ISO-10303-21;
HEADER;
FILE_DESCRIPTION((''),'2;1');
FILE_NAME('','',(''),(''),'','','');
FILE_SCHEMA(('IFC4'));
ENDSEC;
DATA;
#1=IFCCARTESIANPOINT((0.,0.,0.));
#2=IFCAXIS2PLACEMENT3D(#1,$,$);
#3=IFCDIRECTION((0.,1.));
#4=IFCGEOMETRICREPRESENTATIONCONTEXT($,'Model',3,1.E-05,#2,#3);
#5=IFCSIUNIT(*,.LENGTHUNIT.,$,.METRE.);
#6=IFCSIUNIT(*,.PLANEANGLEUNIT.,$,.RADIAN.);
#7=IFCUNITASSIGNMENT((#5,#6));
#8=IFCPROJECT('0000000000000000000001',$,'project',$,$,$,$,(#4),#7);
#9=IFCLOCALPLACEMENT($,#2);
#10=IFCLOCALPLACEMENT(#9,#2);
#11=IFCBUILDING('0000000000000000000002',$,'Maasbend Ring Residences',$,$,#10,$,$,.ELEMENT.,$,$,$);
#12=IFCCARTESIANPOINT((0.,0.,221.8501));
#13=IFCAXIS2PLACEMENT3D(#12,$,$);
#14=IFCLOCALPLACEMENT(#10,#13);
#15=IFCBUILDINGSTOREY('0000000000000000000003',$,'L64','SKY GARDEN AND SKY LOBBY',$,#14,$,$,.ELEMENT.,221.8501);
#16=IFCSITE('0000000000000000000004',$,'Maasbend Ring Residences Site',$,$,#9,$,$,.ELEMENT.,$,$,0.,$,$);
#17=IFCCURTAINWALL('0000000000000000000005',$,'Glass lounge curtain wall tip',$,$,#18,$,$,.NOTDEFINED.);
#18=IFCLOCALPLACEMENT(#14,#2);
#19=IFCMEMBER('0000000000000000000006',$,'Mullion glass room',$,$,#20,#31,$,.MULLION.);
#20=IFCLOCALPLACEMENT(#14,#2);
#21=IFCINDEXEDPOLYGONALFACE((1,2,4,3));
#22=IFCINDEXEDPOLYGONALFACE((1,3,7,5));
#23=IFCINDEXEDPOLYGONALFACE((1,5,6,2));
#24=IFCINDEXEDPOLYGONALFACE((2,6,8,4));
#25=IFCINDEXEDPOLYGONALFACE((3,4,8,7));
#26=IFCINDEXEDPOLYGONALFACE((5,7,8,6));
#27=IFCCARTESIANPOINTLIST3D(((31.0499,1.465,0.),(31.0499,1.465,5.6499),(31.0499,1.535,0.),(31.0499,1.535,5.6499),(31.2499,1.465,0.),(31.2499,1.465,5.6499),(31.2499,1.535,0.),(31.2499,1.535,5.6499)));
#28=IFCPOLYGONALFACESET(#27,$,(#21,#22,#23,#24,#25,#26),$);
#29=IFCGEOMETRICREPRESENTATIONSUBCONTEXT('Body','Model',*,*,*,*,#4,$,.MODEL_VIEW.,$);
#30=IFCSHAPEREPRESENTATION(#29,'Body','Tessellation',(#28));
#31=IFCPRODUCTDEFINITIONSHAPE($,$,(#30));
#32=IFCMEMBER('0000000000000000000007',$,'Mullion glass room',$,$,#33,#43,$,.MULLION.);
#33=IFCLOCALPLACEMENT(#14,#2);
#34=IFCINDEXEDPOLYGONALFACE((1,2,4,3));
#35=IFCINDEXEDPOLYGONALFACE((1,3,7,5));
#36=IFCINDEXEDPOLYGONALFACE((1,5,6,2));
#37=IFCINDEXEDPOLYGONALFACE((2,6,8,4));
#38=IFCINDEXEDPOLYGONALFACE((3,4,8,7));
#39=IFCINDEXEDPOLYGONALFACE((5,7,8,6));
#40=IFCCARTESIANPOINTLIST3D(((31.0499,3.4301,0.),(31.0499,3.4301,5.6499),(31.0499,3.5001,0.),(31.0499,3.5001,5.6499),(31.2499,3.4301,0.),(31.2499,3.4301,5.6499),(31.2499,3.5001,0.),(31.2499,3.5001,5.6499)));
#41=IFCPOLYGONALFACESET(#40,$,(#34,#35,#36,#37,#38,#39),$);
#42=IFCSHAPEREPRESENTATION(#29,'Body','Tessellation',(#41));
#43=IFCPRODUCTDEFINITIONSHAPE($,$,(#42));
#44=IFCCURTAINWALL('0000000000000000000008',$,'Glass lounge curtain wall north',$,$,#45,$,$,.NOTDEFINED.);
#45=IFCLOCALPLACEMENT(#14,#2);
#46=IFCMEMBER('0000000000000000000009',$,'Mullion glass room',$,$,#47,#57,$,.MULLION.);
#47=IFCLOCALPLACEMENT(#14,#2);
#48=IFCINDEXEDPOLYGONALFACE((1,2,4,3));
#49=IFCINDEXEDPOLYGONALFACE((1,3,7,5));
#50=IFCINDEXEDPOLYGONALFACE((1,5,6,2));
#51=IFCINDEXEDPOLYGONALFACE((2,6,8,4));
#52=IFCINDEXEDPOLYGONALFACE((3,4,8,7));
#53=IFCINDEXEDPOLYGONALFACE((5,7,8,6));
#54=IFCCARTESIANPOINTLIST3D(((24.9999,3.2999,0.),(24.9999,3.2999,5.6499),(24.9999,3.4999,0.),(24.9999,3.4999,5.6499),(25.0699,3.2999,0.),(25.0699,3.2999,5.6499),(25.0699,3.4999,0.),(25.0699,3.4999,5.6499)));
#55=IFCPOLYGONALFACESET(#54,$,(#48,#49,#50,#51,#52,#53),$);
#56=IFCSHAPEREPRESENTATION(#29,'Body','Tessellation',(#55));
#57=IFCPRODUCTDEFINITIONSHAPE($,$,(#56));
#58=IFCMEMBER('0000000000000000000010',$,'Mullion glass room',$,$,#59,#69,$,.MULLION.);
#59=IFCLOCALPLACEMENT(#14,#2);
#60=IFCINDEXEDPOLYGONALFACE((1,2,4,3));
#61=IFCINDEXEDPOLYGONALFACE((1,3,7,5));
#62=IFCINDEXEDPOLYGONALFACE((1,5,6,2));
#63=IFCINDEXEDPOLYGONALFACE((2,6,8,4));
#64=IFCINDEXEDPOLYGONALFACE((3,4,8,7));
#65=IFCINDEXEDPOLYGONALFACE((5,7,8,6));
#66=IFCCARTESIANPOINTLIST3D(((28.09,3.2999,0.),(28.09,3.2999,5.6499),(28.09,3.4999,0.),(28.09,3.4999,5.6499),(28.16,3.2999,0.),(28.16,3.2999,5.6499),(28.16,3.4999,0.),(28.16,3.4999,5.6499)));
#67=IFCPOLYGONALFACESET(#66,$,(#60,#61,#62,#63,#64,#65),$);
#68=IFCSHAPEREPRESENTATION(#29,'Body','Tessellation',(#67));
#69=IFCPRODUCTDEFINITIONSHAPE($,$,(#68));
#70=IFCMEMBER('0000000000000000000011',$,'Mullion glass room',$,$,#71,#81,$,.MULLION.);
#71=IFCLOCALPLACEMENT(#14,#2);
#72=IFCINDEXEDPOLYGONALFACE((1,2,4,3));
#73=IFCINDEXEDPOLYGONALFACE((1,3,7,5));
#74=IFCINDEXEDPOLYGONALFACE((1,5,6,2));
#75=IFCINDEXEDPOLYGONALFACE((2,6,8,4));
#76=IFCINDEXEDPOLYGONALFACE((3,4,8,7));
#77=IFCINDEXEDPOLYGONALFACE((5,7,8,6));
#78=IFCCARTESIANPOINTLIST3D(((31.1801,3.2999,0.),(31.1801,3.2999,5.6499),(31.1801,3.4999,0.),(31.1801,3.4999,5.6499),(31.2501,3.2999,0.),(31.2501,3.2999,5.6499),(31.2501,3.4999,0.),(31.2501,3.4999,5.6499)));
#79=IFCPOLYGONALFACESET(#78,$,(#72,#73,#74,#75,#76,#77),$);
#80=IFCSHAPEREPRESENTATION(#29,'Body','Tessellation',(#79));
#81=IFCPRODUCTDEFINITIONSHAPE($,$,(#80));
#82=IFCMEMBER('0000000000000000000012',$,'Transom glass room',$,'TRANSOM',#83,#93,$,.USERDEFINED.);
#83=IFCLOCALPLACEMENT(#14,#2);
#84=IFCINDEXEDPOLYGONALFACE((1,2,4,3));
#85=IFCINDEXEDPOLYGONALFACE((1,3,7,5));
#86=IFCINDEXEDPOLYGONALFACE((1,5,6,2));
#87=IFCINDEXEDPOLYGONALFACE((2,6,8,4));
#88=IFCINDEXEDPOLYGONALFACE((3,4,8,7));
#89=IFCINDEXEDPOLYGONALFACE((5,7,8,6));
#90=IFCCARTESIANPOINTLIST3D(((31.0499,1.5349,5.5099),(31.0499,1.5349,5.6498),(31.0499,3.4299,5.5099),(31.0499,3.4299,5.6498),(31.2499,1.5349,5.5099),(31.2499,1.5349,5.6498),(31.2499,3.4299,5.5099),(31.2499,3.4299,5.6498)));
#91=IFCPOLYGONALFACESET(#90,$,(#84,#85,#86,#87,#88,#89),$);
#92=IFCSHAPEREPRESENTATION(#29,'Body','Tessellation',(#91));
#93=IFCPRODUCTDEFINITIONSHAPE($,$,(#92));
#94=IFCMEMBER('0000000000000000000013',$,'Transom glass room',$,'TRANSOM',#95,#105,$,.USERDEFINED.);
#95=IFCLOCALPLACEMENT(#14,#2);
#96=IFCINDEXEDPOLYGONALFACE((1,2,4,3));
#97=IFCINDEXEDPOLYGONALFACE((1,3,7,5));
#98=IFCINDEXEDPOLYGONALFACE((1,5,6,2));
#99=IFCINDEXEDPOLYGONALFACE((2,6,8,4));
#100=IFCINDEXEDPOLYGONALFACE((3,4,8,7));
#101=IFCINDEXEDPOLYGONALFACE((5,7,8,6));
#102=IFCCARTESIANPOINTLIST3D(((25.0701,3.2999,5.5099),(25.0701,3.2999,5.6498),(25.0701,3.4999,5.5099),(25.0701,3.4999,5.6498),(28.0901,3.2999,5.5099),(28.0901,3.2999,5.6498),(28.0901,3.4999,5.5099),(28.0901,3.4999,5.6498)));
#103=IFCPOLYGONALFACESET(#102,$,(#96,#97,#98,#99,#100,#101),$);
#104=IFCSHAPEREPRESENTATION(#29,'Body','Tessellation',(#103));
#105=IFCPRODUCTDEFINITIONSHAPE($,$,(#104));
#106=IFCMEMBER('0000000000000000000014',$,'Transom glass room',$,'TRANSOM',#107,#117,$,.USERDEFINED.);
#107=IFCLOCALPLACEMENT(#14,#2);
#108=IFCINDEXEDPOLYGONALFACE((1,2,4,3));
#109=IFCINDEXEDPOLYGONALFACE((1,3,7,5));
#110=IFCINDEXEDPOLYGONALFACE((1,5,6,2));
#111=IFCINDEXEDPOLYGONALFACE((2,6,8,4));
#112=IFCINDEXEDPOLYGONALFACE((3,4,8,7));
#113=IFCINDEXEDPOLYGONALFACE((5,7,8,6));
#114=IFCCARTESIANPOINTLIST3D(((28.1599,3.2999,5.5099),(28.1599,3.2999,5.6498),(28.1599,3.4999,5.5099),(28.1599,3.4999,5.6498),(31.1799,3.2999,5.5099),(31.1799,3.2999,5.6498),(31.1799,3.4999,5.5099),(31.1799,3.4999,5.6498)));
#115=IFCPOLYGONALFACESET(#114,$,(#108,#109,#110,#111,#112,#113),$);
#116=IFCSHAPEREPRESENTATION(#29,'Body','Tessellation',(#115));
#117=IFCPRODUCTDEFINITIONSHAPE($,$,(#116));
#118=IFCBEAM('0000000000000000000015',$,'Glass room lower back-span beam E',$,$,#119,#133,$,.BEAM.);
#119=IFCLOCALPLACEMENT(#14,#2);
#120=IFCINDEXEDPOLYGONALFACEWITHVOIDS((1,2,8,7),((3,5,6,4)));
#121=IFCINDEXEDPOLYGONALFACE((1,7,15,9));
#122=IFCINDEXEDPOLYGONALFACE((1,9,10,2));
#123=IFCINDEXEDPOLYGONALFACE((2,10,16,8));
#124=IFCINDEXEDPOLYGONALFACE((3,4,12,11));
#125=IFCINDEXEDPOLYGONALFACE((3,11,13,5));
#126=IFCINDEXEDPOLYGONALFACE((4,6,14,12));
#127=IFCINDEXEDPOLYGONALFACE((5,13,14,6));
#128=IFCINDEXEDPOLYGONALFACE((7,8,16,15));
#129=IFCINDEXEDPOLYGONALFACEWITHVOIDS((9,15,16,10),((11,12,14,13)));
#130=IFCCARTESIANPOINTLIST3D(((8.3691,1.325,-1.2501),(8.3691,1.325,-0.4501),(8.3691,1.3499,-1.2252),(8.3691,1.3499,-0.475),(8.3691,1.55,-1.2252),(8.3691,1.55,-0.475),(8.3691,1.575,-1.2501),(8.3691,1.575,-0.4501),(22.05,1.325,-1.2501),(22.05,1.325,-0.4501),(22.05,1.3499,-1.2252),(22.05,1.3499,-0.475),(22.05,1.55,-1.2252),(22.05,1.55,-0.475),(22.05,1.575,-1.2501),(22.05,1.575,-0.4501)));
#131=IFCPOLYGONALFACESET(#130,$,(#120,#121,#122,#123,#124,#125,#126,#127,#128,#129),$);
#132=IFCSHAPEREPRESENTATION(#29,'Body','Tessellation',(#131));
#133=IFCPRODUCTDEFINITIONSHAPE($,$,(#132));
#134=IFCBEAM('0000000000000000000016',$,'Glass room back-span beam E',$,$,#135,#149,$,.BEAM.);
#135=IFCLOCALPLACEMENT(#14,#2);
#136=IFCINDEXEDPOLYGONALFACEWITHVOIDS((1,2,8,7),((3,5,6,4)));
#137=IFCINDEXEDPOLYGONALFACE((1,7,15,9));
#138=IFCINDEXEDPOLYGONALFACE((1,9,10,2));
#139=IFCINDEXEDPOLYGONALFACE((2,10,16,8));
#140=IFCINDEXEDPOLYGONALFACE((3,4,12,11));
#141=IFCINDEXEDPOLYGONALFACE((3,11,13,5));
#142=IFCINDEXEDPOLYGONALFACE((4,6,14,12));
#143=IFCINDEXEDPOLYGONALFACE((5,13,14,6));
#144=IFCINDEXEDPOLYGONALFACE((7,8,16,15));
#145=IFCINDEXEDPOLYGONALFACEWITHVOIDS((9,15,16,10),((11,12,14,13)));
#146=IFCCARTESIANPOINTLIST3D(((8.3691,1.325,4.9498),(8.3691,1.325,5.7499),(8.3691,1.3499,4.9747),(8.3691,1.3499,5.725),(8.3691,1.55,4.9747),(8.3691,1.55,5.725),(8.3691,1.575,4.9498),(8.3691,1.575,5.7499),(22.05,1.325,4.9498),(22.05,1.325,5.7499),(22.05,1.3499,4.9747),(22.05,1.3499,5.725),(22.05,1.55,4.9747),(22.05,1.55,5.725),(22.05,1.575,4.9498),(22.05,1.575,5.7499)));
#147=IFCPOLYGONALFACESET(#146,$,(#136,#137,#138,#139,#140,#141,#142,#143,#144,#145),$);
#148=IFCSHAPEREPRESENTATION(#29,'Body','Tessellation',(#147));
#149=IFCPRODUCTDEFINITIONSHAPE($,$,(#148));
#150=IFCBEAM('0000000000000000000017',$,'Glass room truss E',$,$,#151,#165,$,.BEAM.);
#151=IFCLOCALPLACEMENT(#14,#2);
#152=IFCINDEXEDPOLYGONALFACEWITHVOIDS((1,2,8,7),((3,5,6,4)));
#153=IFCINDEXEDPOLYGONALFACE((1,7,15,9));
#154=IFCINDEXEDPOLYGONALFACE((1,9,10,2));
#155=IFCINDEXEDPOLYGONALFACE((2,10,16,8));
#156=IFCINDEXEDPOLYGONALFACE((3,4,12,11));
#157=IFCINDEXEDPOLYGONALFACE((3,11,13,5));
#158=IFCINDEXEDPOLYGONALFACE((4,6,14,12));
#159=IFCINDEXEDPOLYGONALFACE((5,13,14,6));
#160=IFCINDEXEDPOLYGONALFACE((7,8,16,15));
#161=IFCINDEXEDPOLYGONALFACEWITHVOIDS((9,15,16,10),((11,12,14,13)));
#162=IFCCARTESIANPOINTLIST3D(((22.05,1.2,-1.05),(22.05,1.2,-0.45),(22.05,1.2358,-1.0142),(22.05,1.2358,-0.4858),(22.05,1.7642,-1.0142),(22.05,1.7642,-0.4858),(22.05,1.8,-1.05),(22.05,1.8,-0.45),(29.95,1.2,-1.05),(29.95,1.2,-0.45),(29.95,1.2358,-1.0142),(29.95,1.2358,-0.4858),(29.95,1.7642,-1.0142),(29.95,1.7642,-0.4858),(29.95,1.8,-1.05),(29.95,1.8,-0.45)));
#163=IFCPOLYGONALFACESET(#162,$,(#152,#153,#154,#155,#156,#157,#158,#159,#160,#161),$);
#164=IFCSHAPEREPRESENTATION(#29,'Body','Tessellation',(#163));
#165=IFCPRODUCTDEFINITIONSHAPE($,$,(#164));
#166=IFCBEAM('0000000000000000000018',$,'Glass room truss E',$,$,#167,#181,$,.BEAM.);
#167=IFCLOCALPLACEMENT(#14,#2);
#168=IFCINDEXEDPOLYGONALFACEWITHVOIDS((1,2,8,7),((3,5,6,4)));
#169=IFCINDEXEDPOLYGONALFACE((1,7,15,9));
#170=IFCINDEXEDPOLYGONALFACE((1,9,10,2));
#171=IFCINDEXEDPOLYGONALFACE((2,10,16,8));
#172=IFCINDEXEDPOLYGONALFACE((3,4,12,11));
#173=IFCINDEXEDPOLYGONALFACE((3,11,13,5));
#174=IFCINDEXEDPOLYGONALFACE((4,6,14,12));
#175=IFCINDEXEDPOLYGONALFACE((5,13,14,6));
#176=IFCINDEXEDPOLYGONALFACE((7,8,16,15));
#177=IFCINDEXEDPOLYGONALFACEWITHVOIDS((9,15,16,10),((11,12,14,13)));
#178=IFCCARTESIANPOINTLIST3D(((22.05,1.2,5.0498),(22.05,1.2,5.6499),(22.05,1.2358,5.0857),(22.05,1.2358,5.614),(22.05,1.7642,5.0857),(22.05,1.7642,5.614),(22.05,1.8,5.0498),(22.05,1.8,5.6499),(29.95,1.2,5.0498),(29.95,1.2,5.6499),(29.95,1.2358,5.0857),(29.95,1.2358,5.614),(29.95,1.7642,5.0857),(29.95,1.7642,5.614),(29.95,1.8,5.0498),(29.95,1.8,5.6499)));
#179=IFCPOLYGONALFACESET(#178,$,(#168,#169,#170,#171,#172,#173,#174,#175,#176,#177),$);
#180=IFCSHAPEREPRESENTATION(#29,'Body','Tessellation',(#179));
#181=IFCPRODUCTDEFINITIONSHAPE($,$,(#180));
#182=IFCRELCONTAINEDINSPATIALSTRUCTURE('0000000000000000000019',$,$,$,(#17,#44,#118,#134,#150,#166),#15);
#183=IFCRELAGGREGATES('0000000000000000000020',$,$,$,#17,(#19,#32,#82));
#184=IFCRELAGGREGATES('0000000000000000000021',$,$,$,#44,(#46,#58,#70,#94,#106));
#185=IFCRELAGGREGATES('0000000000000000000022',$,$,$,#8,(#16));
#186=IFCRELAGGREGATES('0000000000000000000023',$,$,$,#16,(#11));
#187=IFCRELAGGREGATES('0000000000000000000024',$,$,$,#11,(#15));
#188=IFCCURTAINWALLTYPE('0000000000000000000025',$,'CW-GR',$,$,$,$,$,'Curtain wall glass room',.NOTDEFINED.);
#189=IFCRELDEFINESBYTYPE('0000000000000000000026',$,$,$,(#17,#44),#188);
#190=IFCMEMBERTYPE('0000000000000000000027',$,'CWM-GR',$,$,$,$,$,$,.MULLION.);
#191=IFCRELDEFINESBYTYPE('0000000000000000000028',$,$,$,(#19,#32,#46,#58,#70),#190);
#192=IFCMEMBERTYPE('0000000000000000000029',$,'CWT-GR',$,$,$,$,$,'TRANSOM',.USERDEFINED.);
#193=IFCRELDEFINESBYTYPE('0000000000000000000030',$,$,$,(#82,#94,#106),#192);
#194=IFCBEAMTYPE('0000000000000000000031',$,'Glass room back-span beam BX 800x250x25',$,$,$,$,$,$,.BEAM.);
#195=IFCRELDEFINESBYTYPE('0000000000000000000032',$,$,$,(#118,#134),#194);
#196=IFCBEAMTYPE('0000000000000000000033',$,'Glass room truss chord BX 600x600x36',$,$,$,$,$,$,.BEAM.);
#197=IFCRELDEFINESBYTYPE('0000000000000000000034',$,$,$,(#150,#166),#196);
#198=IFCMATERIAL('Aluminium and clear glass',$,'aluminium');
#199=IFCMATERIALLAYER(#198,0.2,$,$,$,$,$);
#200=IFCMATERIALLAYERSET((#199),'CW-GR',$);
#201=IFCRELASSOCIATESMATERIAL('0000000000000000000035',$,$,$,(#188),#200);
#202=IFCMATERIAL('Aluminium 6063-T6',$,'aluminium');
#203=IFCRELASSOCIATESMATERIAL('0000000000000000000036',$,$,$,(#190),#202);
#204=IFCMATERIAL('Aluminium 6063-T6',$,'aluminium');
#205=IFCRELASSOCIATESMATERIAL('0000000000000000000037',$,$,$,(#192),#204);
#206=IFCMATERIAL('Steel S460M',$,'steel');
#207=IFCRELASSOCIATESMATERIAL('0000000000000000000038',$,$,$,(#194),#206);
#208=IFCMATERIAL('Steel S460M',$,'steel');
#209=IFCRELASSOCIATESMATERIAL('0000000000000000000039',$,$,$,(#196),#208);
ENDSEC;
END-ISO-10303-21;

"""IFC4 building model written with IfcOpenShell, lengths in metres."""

from ifc_helpers import new_model, si_unit, direction, frame, origin, origin_2d, place, context, subcontext, project, spatial, rectangle, hollow_rectangle, extrude, material, layer, layer_set, material_profile, profile_set, type_object, element, aggregate, save


model = new_model("IFC4")

# Units and contexts
model_context = context("Model", 3, precision=1e-05, world=origin(), true_north=direction((0.0, 1.0)))
body_context = subcontext(model_context, "Body", "Model", "MODEL_VIEW")
ifc_project = project(units=[si_unit("LENGTHUNIT", "METRE"), si_unit("PLANEANGLEUNIT", "RADIAN")], contexts=[model_context])

# Site, building, storey
site_placement = place(None, origin())
site = spatial("IfcSite", under=ifc_project, at=site_placement, Name="Maasbend Ring Residences Site", CompositionType="ELEMENT", RefElevation=0.0)
building_placement = place(site_placement, origin())
building = spatial("IfcBuilding", under=site, at=building_placement, Name="Maasbend Ring Residences", CompositionType="ELEMENT")
storey_placement = place(building_placement, frame((0.0, 0.0, 221.8501)))
storey = spatial("IfcBuildingStorey", under=building, at=storey_placement, Name="L64", Description="SKY GARDEN AND SKY LOBBY", CompositionType="ELEMENT", Elevation=221.8501)

# Curtain walls, members
ifc_material_1 = material(Name="Aluminium and clear glass", Category="aluminium")
ifc_layer_1 = layer(ifc_material_1, 0.2)
ifc_layer_set_1 = layer_set([ifc_layer_1], Name="CW-GR")
curtain_wall_type = type_object("IfcCurtainWallType", Name="CW-GR", ElementType="Curtain wall glass room", PredefinedType="NOTDEFINED", material=ifc_layer_set_1)
curtain_wall_1_placement = place(storey_placement, origin())
curtain_wall_1 = element("IfcCurtainWall", 1, at=curtain_wall_1_placement, inside=storey, type_object=curtain_wall_type, Name="Glass lounge curtain wall tip", PredefinedType="NOTDEFINED")
ifc_material_2 = material(Name="Aluminium 6063-T6", Category="aluminium")
ifc_material_profile_1 = material_profile(ifc_material_2, rectangle(XDim=0.2, YDim=0.0701, at=origin_2d()), Name="AL 200x70")
ifc_profile_set_1 = profile_set([ifc_material_profile_1], Name="Aluminium 6063-T6")
member_type_1 = type_object("IfcMemberType", Name="CWM-GR", PredefinedType="MULLION", material=ifc_profile_set_1)
member_1_placement = place(storey_placement, frame((31.1499, 1.5, 0.0), z_axis=(0.0, 0.0, 1.0), x_axis=(-1.0, 0.0, 0.0)))
member_1 = element("IfcMember", 2, at=member_1_placement, type_object=member_type_1, Name="Mullion glass room", PredefinedType="MULLION", context=body_context, shape_type="SweptSolid", body=[
    extrude(rectangle(XDim=0.2, YDim=0.0701, at=origin_2d()), origin(), (0.0, 0.0, 1.0), 5.6499),
])
member_2_placement = place(storey_placement, frame((31.1499, 3.4651, 0.0), z_axis=(0.0, 0.0, 1.0), x_axis=(-1.0, 0.0, 0.0)))
member_2 = element("IfcMember", 3, at=member_2_placement, type_object=member_type_1, Name="Mullion glass room", PredefinedType="MULLION", context=body_context, shape_type="SweptSolid", body=[
    extrude(rectangle(XDim=0.2, YDim=0.0701, at=origin_2d()), origin(), (0.0, 0.0, 1.0), 5.6499),
])
curtain_wall_2_placement = place(storey_placement, origin())
curtain_wall_2 = element("IfcCurtainWall", 4, at=curtain_wall_2_placement, inside=storey, type_object=curtain_wall_type, Name="Glass lounge curtain wall north", PredefinedType="NOTDEFINED")
member_3_placement = place(storey_placement, frame((25.0349, 3.3999, 0.0), z_axis=(0.0, 0.0, 1.0), x_axis=(0.0, 1.0, 0.0)))
member_3 = element("IfcMember", 5, at=member_3_placement, type_object=member_type_1, Name="Mullion glass room", PredefinedType="MULLION", context=body_context, shape_type="SweptSolid", body=[
    extrude(rectangle(XDim=0.2, YDim=0.0701, at=origin_2d()), origin(), (0.0, 0.0, 1.0), 5.6499),
])
member_4_placement = place(storey_placement, frame((28.125, 3.3999, 0.0), z_axis=(0.0, 0.0, 1.0), x_axis=(0.0, 1.0, 0.0)))
member_4 = element("IfcMember", 6, at=member_4_placement, type_object=member_type_1, Name="Mullion glass room", PredefinedType="MULLION", context=body_context, shape_type="SweptSolid", body=[
    extrude(rectangle(XDim=0.2, YDim=0.0701, at=origin_2d()), origin(), (0.0, 0.0, 1.0), 5.6499),
])
member_5_placement = place(storey_placement, frame((31.2151, 3.3999, 0.0), z_axis=(0.0, 0.0, 1.0), x_axis=(0.0, 1.0, 0.0)))
member_5 = element("IfcMember", 7, at=member_5_placement, type_object=member_type_1, Name="Mullion glass room", PredefinedType="MULLION", context=body_context, shape_type="SweptSolid", body=[
    extrude(rectangle(XDim=0.2, YDim=0.0701, at=origin_2d()), origin(), (0.0, 0.0, 1.0), 5.6499),
])

# Members
ifc_material_3 = material(Name="Aluminium 6063-T6", Category="aluminium")
ifc_material_profile_2 = material_profile(ifc_material_3, rectangle(XDim=0.2, YDim=0.1399, at=origin_2d()), Name="AL 200x140")
ifc_profile_set_2 = profile_set([ifc_material_profile_2], Name="Aluminium 6063-T6")
member_type_2 = type_object("IfcMemberType", Name="CWT-GR", ElementType="TRANSOM", PredefinedType="USERDEFINED", material=ifc_profile_set_2)
member_6_placement = place(storey_placement, frame((31.1499, 1.5349, 5.5798), z_axis=(0.0, 1.0, 0.0), x_axis=(-1.0, 0.0, 0.0)))
member_6 = element("IfcMember", 8, at=member_6_placement, type_object=member_type_2, Name="Transom glass room", ObjectType="TRANSOM", PredefinedType="USERDEFINED", context=body_context, shape_type="SweptSolid", body=[
    extrude(rectangle(XDim=0.2, YDim=0.1399, at=origin_2d()), origin(), (0.0, 0.0, 1.0), 1.895),
])
member_7_placement = place(storey_placement, frame((25.0701, 3.3999, 5.5798), z_axis=(1.0, 0.0, 0.0), x_axis=(0.0, 1.0, 0.0)))
member_7 = element("IfcMember", 9, at=member_7_placement, type_object=member_type_2, Name="Transom glass room", ObjectType="TRANSOM", PredefinedType="USERDEFINED", context=body_context, shape_type="SweptSolid", body=[
    extrude(rectangle(XDim=0.2, YDim=0.1399, at=origin_2d()), origin(), (0.0, 0.0, 1.0), 3.02),
])
member_8_placement = place(storey_placement, frame((28.1599, 3.3999, 5.5798), z_axis=(1.0, 0.0, 0.0), x_axis=(0.0, 1.0, 0.0)))
member_8 = element("IfcMember", 10, at=member_8_placement, type_object=member_type_2, Name="Transom glass room", ObjectType="TRANSOM", PredefinedType="USERDEFINED", context=body_context, shape_type="SweptSolid", body=[
    extrude(rectangle(XDim=0.2, YDim=0.1399, at=origin_2d()), origin(), (0.0, 0.0, 1.0), 3.02),
])

# Beams
ifc_material_4 = material(Name="Steel S460M", Category="steel")
ifc_material_profile_3 = material_profile(ifc_material_4, hollow_rectangle(XDim=0.25, YDim=0.8, WallThickness=0.0249, at=origin_2d()), Name="Glass room back-span beam BX 800x250x25")
ifc_profile_set_3 = profile_set([ifc_material_profile_3], Name="Steel S460M")
beam_type_1 = type_object("IfcBeamType", Name="Glass room back-span beam BX 800x250x25", PredefinedType="BEAM", material=ifc_profile_set_3)
for number, where, z_axis, x_axis, name in (
    (11, (22.05, 1.45, -0.8501), (-1.0, 0.0, 0.0), (0.0, -1.0, 0.0), "Glass room lower back-span beam E"),
    (12, (22.05, 1.45, 5.3499), (-1.0, 0.0, 0.0), (0.0, -1.0, 0.0), "Glass room back-span beam E"),
):
    element("IfcBeam", number, at=place(storey_placement, frame(where, z_axis=z_axis, x_axis=x_axis)), inside=storey, type_object=beam_type_1, Name=name, PredefinedType="BEAM", context=body_context, shape_type="SweptSolid", body=[
        extrude(hollow_rectangle(XDim=0.25, YDim=0.8, WallThickness=0.0249, at=origin_2d()), origin(), (0.0, 0.0, 1.0), 13.6809),
    ])
ifc_material_5 = material(Name="Steel S460M", Category="steel")
ifc_material_profile_4 = material_profile(ifc_material_5, hollow_rectangle(XDim=0.6001, YDim=0.6001, WallThickness=0.0359, at=origin_2d()), Name="Glass room truss chord BX 600x600x36")
ifc_profile_set_4 = profile_set([ifc_material_profile_4], Name="Steel S460M")
beam_type_2 = type_object("IfcBeamType", Name="Glass room truss chord BX 600x600x36", PredefinedType="BEAM", material=ifc_profile_set_4)
for number, where, z_axis, x_axis, name in (
    (13, (22.05, 1.5, -0.75), (1.0, 0.0, 0.0), (0.0, 1.0, 0.0), "Glass room truss E"),
    (14, (22.05, 1.5, 5.3499), (1.0, 0.0, 0.0), (0.0, 1.0, 0.0), "Glass room truss E"),
):
    element("IfcBeam", number, at=place(storey_placement, frame(where, z_axis=z_axis, x_axis=x_axis)), inside=storey, type_object=beam_type_2, Name=name, PredefinedType="BEAM", context=body_context, shape_type="SweptSolid", body=[
        extrude(hollow_rectangle(XDim=0.6001, YDim=0.6001, WallThickness=0.0359, at=origin_2d()), origin(), (0.0, 0.0, 1.0), 7.8999),
    ])

aggregate(curtain_wall_1, [member_1, member_2, member_6])
aggregate(curtain_wall_2, [member_3, member_4, member_5, member_7, member_8])

save(model, "model.ifc")
